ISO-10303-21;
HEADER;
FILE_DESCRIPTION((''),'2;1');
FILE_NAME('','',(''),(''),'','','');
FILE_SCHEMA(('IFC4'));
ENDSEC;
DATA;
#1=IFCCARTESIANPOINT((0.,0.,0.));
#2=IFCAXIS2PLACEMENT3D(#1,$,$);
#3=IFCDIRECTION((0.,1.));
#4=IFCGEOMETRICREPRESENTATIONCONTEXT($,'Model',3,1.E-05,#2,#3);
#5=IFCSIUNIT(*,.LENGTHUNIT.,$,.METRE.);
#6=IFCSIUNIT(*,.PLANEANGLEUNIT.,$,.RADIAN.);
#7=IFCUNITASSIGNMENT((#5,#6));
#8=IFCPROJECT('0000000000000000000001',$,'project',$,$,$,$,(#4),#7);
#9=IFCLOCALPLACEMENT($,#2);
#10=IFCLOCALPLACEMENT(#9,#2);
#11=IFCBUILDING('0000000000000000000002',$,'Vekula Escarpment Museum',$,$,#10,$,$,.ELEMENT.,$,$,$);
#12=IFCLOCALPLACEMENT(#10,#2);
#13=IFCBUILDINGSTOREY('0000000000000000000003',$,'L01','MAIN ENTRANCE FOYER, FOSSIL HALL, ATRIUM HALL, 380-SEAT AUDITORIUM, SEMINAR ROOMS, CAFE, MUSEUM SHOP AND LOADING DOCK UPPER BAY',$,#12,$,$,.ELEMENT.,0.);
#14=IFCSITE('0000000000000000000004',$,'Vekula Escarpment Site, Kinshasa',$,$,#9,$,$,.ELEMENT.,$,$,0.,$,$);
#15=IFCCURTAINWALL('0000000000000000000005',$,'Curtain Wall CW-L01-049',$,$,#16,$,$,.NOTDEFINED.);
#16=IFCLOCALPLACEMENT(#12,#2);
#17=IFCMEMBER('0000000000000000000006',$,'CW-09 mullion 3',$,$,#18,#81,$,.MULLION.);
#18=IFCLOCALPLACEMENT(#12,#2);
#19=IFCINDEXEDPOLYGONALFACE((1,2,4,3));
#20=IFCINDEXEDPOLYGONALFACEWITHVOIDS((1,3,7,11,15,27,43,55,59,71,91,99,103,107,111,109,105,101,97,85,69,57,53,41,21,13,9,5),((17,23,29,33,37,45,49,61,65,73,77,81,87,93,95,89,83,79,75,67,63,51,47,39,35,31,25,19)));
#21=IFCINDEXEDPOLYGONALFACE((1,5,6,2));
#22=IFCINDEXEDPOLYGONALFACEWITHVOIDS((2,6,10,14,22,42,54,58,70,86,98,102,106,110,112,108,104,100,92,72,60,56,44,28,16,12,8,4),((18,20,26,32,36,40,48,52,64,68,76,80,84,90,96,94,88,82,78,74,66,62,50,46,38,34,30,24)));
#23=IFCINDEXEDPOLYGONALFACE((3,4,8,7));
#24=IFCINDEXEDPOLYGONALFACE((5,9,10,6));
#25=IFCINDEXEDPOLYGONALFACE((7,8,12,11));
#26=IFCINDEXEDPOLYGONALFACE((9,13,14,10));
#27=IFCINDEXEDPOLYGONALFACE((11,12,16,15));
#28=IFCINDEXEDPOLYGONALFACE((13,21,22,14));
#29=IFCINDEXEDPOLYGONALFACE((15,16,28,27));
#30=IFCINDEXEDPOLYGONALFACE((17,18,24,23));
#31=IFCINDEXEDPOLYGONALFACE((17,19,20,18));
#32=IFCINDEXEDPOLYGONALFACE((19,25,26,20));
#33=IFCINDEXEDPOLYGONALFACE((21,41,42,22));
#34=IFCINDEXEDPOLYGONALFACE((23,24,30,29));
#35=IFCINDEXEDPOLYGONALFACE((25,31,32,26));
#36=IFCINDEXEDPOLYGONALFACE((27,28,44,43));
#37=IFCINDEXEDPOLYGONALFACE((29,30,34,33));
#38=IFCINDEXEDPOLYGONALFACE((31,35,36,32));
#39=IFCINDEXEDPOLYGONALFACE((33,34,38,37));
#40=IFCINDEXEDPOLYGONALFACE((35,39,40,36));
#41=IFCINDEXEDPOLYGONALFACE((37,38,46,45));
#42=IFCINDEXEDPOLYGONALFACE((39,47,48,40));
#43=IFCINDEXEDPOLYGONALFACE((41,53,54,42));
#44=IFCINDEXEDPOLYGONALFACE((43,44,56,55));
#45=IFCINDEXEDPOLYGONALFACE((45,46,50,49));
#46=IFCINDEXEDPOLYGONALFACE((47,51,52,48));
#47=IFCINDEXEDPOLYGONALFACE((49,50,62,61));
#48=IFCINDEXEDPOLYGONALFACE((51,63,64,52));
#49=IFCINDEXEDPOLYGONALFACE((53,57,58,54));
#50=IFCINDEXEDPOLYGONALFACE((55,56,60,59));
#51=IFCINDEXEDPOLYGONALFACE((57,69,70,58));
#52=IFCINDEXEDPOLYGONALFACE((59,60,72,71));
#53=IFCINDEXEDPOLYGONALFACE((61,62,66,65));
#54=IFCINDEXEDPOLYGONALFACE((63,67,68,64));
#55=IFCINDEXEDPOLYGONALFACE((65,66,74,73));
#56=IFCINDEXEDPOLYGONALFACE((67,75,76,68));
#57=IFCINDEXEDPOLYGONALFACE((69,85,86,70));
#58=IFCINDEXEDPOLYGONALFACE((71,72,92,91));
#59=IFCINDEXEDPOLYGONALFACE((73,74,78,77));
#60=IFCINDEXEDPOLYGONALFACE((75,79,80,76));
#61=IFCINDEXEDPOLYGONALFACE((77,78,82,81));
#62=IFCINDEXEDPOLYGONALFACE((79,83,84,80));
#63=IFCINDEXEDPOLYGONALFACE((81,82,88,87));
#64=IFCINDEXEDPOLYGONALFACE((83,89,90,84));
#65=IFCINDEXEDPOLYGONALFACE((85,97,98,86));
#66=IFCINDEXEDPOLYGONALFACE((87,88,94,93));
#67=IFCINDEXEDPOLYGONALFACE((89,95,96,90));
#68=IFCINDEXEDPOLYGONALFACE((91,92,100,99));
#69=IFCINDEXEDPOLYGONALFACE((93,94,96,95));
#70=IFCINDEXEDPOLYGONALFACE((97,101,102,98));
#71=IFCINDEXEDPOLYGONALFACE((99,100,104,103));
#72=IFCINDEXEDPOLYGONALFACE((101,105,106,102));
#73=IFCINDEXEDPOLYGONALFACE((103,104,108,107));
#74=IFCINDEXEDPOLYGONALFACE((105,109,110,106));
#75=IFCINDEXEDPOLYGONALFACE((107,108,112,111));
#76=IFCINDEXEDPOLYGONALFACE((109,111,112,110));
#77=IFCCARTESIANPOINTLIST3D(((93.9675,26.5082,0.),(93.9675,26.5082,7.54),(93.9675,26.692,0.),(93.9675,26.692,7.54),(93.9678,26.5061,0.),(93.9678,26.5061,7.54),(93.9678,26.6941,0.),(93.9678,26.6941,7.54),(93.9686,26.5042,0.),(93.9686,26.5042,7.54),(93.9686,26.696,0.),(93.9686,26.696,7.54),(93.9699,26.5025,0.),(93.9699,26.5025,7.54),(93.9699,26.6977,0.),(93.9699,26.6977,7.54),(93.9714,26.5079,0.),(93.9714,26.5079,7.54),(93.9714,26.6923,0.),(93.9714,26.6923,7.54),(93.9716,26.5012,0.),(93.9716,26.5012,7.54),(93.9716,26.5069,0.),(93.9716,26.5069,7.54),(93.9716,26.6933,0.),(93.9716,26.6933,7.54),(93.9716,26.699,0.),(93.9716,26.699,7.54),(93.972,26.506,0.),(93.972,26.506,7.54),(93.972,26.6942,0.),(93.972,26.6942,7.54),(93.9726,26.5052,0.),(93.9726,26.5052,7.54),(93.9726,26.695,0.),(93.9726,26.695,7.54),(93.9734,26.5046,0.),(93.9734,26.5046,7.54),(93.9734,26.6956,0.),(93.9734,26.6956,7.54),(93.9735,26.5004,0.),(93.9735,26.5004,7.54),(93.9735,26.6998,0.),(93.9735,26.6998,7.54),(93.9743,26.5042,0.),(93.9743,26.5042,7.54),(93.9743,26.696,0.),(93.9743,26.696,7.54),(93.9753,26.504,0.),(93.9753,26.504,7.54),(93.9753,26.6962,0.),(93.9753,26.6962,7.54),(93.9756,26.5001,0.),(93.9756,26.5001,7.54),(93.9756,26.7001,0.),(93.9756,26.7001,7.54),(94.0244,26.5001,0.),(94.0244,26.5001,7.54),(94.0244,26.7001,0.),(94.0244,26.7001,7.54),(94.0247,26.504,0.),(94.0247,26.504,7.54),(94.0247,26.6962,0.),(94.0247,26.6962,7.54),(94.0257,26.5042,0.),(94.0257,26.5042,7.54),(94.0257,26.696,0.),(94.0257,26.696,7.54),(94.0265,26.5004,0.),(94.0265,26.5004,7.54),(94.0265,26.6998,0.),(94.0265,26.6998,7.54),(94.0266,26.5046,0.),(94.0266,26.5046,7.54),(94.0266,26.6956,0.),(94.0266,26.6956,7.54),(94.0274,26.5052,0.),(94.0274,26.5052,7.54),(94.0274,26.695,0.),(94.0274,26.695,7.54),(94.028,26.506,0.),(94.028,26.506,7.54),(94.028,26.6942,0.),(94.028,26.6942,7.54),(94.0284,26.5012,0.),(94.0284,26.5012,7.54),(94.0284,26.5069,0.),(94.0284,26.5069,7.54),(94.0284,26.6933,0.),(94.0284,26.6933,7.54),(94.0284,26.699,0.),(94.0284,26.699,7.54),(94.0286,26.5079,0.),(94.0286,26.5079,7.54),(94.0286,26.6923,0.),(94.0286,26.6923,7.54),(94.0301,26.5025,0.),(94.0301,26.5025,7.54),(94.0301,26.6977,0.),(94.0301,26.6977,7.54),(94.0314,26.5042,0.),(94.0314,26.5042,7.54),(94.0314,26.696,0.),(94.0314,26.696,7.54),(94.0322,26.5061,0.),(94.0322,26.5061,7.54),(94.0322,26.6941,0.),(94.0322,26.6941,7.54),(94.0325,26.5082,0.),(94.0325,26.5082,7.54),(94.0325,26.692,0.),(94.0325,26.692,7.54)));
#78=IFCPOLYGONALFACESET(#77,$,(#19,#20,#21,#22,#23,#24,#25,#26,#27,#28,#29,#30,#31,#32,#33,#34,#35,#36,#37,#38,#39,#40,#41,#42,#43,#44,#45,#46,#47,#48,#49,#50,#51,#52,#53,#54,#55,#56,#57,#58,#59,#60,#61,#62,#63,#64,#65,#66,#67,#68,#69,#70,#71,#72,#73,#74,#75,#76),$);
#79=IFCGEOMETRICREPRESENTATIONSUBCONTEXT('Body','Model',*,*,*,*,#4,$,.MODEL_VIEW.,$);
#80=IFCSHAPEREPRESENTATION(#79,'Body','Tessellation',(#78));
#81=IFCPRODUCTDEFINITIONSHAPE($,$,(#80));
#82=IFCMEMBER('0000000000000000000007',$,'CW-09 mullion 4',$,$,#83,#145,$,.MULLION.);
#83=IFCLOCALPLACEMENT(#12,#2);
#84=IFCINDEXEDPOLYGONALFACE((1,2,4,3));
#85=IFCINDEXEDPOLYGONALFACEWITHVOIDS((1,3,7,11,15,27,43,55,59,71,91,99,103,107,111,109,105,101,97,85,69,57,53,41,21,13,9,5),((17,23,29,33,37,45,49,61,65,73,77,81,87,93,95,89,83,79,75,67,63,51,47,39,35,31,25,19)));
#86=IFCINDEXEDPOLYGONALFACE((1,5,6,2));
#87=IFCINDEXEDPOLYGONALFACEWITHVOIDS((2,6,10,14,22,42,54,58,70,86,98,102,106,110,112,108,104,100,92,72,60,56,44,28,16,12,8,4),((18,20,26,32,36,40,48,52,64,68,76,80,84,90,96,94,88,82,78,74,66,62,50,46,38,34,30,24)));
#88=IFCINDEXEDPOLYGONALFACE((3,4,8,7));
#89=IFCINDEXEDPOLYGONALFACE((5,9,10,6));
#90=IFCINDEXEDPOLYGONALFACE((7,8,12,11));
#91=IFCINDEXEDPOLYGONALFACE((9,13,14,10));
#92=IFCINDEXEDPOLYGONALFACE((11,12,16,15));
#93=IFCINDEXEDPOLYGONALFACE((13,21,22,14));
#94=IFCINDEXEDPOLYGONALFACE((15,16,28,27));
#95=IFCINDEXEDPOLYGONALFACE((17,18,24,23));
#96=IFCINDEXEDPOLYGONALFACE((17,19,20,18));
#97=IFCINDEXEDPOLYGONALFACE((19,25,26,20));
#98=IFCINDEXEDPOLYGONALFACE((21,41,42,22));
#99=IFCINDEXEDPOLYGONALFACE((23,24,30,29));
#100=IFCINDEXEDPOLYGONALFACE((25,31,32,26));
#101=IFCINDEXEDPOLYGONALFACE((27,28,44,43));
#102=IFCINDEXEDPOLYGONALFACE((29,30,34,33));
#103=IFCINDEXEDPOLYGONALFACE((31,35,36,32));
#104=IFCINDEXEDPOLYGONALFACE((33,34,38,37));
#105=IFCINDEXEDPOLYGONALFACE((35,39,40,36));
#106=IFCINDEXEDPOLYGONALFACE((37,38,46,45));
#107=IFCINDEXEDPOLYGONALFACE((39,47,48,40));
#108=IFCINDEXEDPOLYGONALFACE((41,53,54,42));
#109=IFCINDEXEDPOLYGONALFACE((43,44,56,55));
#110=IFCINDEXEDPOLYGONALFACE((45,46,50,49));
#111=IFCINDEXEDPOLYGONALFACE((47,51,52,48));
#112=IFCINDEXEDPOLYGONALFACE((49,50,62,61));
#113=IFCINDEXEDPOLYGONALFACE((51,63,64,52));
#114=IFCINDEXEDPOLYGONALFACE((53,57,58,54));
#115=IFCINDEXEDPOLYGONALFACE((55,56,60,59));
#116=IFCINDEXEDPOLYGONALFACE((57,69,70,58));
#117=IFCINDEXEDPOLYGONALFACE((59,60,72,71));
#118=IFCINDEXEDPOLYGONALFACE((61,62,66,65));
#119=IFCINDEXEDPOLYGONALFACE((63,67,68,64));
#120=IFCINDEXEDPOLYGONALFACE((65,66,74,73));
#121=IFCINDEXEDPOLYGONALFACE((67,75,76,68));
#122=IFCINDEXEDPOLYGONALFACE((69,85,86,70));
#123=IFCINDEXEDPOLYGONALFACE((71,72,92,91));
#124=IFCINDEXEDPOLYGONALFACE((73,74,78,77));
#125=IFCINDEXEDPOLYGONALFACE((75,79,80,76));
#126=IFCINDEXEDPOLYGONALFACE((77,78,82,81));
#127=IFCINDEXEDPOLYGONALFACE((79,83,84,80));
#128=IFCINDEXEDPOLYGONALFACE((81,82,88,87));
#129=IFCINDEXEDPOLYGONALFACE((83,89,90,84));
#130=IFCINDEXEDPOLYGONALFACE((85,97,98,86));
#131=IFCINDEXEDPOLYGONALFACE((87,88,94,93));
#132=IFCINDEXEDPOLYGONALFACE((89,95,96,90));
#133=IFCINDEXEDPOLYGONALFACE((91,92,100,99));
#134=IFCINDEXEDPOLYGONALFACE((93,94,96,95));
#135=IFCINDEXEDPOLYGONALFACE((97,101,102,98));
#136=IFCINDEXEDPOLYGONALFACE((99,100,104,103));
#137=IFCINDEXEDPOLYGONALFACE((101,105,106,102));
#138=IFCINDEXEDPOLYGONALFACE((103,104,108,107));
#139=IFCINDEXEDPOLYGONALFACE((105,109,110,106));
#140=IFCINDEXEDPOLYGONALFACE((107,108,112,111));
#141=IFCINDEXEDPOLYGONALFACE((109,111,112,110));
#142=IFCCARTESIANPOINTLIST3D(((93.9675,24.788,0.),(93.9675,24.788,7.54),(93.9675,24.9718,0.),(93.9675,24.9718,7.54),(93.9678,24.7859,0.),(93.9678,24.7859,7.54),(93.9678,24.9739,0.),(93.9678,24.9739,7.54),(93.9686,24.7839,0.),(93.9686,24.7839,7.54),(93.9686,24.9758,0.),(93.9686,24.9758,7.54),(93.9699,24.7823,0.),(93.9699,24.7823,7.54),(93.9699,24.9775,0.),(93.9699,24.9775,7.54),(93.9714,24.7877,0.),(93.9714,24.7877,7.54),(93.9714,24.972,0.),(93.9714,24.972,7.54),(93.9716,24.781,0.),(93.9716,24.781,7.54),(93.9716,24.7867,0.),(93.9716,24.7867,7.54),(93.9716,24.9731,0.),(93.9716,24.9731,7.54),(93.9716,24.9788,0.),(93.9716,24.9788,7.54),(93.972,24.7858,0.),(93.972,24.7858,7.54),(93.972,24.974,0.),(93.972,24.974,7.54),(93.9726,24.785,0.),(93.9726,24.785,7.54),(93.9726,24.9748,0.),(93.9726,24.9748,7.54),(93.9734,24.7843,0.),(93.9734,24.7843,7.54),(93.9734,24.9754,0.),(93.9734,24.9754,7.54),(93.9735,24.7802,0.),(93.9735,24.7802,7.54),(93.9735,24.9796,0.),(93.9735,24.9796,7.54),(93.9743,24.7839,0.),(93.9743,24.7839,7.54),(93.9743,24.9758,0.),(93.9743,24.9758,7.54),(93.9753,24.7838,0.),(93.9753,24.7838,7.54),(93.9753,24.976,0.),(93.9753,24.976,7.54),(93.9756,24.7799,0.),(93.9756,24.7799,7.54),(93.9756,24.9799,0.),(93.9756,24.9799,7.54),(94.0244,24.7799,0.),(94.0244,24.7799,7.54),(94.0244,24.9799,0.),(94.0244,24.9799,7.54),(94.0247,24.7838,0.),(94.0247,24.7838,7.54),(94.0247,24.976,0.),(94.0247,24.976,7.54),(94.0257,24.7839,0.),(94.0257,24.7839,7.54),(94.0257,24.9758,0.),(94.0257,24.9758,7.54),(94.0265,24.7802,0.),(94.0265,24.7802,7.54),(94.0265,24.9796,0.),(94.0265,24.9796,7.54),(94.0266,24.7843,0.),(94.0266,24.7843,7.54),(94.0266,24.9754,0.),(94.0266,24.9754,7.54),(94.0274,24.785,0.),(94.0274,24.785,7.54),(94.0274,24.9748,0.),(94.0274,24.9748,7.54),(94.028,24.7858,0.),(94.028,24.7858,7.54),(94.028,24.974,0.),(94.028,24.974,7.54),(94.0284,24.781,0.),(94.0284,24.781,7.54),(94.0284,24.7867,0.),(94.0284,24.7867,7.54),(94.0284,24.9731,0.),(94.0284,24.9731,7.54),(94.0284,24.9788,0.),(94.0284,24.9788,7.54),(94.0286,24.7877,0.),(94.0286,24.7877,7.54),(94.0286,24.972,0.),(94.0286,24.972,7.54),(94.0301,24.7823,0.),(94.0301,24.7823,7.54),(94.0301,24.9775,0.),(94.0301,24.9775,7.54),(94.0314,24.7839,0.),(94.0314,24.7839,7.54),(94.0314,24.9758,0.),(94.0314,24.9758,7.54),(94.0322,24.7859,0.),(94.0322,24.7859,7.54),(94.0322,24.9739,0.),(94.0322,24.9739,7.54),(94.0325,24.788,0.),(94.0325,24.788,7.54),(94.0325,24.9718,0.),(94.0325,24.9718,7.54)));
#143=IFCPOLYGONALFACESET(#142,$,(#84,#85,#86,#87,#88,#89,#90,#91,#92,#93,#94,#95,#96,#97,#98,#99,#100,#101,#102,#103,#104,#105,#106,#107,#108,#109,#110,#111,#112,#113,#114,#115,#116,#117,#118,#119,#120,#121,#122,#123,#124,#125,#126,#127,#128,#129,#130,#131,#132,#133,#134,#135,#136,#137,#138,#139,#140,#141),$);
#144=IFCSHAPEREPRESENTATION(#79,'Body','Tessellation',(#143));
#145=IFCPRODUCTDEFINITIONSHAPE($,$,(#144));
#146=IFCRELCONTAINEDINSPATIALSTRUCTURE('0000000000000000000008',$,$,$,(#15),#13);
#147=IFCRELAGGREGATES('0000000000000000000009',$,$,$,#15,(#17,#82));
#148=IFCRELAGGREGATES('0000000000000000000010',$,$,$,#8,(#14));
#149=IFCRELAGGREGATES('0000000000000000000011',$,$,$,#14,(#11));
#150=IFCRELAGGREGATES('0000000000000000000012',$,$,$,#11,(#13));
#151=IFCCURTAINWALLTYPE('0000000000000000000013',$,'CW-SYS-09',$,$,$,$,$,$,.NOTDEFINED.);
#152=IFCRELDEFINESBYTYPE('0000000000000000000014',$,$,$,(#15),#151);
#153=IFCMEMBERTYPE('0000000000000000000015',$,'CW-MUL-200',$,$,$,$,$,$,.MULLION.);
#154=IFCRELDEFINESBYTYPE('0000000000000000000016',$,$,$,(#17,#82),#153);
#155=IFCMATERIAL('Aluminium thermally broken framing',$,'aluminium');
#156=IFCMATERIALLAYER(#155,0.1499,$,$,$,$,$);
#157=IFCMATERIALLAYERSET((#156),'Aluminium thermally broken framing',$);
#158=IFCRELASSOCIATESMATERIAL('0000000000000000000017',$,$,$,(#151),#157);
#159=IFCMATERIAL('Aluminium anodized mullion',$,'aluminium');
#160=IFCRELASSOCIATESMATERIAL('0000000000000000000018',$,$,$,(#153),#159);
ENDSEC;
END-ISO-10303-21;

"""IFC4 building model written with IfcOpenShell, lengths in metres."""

from ifc_helpers import new_model, si_unit, direction, frame, origin, origin_2d, place, context, subcontext, project, spatial, hollow_rectangle, extrude, material, layer, layer_set, material_profile, profile_set, type_object, element, aggregate, save


model = new_model("IFC4")

# Units and contexts
model_context = context("Model", 3, precision=1e-05, world=origin(), true_north=direction((0.0, 1.0)))
body_context = subcontext(model_context, "Body", "Model", "MODEL_VIEW")
ifc_project = project(units=[si_unit("LENGTHUNIT", "METRE"), si_unit("PLANEANGLEUNIT", "RADIAN")], contexts=[model_context])

# Site, building, storey
site_placement = place(None, origin())
site = spatial("IfcSite", under=ifc_project, at=site_placement, Name="Vekula Escarpment Site, Kinshasa", CompositionType="ELEMENT", RefElevation=0.0)
building_placement = place(site_placement, origin())
building = spatial("IfcBuilding", under=site, at=building_placement, Name="Vekula Escarpment Museum", CompositionType="ELEMENT")
storey_placement = place(building_placement, origin())
storey = spatial("IfcBuildingStorey", under=building, at=storey_placement, Name="L01", Description="MAIN ENTRANCE FOYER, FOSSIL HALL, ATRIUM HALL, 380-SEAT AUDITORIUM, SEMINAR ROOMS, CAFE, MUSEUM SHOP AND LOADING DOCK UPPER BAY", CompositionType="ELEMENT", Elevation=0.0)

# Curtain wall, members
ifc_material_1 = material(Name="Aluminium thermally broken framing", Category="aluminium")
ifc_layer_1 = layer(ifc_material_1, 0.1499)
ifc_layer_set_1 = layer_set([ifc_layer_1], Name="Aluminium thermally broken framing")
curtain_wall_type = type_object("IfcCurtainWallType", Name="CW-SYS-09", PredefinedType="NOTDEFINED", material=ifc_layer_set_1)
curtain_wall_placement = place(storey_placement, origin())
curtain_wall = element("IfcCurtainWall", 1, at=curtain_wall_placement, inside=storey, type_object=curtain_wall_type, Name="Curtain Wall CW-L01-049", PredefinedType="NOTDEFINED")
ifc_material_2 = material(Name="Aluminium anodized mullion", Category="aluminium")
ifc_material_profile_1 = material_profile(ifc_material_2, hollow_rectangle(XDim=0.0649, YDim=0.2, WallThickness=0.0039, InnerFilletRadius=0.0039, OuterFilletRadius=0.0081, at=origin_2d()), Name="ALU 200x65x4")
ifc_profile_set_1 = profile_set([ifc_material_profile_1], Name="Aluminium anodized mullion")
member_type_1 = type_object("IfcMemberType", Name="CW-MUL-200", PredefinedType="MULLION", material=ifc_profile_set_1)
member_1_placement = place(storey_placement, frame((94.0, 26.6001, 0.0), z_axis=(0.0, 0.0, 1.0), x_axis=(1.0, 0.0, 0.0)))
member_1 = element("IfcMember", 2, at=member_1_placement, type_object=member_type_1, Name="CW-09 mullion 3", PredefinedType="MULLION", context=body_context, shape_type="SweptSolid", body=[
    extrude(hollow_rectangle(XDim=0.0649, YDim=0.2, WallThickness=0.0039, InnerFilletRadius=0.0039, OuterFilletRadius=0.0081, at=origin_2d()), origin(), (0.0, 0.0, 1.0), 7.54),
])
member_2_placement = place(storey_placement, frame((94.0, 24.8799, 0.0), z_axis=(0.0, 0.0, 1.0), x_axis=(1.0, 0.0, 0.0)))
member_2 = element("IfcMember", 3, at=member_2_placement, type_object=member_type_1, Name="CW-09 mullion 4", PredefinedType="MULLION", context=body_context, shape_type="SweptSolid", body=[
    extrude(hollow_rectangle(XDim=0.0649, YDim=0.2, WallThickness=0.0039, InnerFilletRadius=0.0039, OuterFilletRadius=0.0081, at=origin_2d()), origin(), (0.0, 0.0, 1.0), 7.54),
])
aggregate(curtain_wall, [member_1, member_2])

save(model, "model.ifc")
